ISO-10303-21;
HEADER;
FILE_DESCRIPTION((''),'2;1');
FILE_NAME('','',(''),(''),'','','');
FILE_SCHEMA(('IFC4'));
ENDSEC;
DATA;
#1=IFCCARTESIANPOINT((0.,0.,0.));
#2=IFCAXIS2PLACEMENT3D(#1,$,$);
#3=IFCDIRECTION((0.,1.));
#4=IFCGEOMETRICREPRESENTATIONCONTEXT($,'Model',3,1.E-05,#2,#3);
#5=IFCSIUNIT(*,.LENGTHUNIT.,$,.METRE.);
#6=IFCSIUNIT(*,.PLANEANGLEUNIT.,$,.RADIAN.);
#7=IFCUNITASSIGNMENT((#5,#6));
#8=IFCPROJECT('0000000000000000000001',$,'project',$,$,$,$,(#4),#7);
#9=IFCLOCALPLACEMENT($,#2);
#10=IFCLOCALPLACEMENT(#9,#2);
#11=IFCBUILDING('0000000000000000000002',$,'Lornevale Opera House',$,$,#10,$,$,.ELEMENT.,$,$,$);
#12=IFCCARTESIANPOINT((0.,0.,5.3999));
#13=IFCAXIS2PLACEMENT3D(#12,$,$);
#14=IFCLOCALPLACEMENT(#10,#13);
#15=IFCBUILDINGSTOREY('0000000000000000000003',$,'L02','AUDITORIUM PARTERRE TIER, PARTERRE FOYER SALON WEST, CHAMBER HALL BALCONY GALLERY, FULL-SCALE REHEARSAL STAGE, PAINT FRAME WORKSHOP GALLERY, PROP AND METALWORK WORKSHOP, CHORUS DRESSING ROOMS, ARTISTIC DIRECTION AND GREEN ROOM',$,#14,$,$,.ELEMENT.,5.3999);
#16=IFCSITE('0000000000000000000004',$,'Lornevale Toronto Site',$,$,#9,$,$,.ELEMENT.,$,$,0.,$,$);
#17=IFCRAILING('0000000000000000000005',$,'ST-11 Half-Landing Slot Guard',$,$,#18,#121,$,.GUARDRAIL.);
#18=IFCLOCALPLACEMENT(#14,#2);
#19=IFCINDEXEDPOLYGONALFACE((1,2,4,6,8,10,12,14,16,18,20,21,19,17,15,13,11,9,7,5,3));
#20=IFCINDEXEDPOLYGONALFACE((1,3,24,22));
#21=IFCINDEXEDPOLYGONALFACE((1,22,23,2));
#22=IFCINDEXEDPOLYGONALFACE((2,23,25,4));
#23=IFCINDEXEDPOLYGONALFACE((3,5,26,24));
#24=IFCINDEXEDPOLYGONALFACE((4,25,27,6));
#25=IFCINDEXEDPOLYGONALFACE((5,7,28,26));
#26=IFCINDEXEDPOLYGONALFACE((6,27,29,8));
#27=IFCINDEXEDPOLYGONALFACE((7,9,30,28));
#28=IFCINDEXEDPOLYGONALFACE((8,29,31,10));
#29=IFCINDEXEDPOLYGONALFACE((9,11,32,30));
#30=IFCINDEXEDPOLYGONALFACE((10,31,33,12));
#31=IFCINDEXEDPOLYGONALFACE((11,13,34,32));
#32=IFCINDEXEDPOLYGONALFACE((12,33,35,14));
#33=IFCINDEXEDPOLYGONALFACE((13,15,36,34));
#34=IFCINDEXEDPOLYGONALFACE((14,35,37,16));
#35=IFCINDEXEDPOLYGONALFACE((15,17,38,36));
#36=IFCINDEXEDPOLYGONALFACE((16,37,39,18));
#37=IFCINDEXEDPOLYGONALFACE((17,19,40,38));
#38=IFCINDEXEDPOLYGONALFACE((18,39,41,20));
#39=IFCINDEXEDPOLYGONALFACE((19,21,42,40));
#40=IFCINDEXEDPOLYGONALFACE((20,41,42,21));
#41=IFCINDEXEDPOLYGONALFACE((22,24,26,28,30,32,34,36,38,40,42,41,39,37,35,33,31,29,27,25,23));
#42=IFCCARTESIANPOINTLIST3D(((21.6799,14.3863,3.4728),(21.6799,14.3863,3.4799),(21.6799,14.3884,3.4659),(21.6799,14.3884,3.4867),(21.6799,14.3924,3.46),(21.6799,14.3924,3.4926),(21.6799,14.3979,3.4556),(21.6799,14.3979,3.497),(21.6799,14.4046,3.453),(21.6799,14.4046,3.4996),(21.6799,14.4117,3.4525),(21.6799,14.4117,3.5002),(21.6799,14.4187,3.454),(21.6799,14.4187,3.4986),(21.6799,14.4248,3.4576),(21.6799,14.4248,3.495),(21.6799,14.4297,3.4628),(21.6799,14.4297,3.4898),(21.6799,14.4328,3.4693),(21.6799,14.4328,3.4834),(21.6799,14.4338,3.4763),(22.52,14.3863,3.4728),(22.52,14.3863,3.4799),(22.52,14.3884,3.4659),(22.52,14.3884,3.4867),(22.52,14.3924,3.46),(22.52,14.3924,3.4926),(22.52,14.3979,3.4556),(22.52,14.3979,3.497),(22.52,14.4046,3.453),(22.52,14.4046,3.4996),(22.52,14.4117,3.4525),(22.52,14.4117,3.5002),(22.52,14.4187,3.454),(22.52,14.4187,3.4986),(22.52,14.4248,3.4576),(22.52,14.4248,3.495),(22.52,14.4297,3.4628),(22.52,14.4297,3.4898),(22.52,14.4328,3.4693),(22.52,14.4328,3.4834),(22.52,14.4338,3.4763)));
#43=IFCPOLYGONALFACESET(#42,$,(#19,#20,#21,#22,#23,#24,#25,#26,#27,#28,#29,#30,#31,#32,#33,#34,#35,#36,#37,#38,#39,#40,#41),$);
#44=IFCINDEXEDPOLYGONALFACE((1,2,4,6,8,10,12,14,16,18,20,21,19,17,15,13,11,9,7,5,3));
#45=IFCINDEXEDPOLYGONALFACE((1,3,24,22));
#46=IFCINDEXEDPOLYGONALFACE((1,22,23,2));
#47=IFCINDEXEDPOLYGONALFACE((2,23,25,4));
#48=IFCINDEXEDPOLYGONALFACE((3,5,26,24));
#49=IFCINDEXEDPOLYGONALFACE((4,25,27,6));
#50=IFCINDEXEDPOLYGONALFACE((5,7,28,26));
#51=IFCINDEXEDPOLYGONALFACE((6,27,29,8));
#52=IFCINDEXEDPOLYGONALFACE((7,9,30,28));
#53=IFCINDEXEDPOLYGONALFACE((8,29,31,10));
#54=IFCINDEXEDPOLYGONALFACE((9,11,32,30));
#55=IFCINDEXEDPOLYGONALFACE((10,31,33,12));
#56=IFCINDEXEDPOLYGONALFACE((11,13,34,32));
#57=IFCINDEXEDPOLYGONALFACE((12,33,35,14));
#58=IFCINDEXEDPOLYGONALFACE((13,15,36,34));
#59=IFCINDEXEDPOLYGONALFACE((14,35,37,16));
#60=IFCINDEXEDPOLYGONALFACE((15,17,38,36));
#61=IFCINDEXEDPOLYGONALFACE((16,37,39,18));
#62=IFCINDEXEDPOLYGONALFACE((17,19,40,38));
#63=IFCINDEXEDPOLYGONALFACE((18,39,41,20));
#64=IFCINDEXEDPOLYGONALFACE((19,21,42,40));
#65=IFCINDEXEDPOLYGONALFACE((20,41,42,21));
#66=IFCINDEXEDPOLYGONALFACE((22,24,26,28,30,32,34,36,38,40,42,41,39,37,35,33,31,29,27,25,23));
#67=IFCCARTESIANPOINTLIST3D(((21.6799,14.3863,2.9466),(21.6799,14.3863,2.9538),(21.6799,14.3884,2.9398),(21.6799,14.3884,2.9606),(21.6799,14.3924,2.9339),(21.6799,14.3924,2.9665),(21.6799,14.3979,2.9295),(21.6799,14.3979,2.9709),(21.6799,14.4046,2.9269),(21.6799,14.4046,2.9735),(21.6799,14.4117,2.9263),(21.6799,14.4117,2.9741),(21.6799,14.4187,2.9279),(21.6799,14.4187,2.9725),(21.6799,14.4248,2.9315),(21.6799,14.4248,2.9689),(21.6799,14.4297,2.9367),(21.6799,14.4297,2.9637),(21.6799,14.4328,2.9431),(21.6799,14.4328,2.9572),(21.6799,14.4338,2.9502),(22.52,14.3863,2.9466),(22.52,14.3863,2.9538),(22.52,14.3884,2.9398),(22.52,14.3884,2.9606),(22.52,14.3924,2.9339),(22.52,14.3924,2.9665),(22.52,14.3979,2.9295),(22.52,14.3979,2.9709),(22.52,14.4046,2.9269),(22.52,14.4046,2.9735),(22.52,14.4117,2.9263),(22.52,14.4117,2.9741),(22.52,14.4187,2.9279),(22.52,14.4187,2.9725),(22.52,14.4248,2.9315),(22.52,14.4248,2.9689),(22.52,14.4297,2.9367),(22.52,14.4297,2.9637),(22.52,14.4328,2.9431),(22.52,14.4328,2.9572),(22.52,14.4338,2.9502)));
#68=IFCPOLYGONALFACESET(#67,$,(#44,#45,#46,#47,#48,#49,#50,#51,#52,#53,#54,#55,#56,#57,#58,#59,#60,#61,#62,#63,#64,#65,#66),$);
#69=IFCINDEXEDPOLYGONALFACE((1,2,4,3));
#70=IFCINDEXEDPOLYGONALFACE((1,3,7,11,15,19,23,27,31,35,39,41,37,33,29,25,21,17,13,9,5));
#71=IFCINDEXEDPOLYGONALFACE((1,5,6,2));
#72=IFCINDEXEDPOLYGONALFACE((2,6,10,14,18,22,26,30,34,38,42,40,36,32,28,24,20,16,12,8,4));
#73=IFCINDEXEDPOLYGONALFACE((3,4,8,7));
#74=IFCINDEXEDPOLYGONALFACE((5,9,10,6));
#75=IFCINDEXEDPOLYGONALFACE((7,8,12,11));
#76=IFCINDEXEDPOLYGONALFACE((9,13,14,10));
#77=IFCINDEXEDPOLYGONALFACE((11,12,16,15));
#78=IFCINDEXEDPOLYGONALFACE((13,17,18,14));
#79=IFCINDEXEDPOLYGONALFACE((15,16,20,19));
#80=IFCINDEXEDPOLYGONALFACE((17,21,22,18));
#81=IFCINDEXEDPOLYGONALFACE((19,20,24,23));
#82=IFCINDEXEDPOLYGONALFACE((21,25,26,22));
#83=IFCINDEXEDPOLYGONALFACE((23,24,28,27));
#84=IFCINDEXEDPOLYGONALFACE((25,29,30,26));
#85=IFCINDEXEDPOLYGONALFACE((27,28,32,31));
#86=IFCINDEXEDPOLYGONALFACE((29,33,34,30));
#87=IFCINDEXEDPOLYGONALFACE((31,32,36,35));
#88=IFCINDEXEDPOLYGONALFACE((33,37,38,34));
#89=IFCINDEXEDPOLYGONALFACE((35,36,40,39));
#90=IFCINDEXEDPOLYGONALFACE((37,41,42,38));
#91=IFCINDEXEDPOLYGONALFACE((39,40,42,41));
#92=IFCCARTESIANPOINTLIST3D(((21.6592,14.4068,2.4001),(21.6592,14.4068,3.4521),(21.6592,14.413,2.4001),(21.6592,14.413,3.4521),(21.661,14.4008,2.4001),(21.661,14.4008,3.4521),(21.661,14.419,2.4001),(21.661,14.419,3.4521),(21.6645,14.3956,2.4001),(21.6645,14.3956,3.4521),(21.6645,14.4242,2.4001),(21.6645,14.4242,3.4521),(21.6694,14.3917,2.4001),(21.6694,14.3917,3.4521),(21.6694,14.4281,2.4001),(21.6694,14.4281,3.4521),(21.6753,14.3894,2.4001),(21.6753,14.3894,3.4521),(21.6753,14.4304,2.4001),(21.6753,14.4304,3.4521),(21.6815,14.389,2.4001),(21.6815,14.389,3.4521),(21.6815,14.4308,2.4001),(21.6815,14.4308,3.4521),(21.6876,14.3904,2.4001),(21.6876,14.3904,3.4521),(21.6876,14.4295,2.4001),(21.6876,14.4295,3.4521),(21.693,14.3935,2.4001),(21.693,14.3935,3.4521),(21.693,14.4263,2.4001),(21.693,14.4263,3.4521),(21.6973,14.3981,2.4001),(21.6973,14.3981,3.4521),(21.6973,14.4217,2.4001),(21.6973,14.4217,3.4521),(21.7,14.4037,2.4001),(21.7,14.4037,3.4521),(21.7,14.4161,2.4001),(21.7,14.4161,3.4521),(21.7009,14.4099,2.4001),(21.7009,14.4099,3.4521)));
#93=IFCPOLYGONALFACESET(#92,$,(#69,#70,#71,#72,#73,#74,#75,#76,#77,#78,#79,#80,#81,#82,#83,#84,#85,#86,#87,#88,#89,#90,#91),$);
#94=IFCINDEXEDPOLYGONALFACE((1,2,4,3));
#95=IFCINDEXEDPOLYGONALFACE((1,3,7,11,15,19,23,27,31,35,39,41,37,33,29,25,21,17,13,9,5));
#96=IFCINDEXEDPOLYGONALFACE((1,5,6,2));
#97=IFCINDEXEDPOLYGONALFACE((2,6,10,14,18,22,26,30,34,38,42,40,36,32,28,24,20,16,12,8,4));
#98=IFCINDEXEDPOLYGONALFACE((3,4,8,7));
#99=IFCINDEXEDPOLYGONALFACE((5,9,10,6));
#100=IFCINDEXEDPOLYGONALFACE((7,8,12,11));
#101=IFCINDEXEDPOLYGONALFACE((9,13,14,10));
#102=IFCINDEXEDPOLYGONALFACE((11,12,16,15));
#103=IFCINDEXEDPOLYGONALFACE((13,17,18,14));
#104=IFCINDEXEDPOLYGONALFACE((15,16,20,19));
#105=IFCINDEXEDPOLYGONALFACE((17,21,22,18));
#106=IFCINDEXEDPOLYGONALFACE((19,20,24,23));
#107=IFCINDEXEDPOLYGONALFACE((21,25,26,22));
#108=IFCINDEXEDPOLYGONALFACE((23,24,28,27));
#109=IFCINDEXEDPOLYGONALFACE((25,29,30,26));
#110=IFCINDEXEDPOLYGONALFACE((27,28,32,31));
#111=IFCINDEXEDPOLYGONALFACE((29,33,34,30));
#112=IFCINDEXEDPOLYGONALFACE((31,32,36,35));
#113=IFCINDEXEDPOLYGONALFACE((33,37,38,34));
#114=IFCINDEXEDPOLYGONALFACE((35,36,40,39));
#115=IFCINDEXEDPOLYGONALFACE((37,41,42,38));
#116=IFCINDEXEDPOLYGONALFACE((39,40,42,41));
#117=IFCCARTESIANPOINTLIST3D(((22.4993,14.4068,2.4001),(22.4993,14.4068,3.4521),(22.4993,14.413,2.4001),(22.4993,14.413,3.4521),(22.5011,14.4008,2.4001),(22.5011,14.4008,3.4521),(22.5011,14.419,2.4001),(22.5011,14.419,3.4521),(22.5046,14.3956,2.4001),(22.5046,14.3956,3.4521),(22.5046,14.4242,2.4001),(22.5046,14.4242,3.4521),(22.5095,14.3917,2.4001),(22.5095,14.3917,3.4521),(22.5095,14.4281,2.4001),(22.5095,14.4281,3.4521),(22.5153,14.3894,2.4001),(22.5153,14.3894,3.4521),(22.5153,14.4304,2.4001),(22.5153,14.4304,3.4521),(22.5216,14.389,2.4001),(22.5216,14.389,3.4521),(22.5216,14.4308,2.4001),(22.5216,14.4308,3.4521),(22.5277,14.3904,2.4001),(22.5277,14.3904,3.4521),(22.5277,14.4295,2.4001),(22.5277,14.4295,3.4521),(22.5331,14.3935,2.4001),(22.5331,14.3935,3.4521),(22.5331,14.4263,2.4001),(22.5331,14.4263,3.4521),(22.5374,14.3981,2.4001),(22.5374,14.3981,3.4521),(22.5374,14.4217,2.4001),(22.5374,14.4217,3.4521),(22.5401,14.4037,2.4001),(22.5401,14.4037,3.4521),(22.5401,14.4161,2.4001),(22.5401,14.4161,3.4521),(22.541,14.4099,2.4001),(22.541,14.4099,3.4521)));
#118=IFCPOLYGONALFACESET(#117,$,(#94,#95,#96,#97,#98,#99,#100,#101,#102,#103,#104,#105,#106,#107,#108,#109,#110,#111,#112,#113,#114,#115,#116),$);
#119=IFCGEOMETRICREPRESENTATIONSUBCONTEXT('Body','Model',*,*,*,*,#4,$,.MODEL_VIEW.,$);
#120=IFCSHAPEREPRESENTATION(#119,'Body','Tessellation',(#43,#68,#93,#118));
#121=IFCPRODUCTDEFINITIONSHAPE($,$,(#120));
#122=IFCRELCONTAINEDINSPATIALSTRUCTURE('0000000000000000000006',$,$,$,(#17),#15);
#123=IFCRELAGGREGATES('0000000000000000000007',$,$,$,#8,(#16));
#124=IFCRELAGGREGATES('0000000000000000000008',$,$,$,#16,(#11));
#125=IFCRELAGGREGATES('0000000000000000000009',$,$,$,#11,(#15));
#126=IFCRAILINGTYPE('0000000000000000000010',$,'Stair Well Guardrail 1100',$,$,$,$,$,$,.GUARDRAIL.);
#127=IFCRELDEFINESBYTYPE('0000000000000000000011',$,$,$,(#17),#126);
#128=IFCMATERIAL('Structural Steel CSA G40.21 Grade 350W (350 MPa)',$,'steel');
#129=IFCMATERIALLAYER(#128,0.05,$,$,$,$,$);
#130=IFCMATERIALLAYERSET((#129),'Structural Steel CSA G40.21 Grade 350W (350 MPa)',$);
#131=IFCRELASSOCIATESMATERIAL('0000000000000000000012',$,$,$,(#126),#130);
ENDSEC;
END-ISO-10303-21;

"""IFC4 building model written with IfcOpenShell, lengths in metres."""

from ifc_helpers import new_model, si_unit, direction, frame, origin, origin_2d, place, context, subcontext, project, spatial, circle, extrude, material, layer, layer_set, type_object, element, save


model = new_model("IFC4")

# Units and contexts
model_context = context("Model", 3, precision=1e-05, world=origin(), true_north=direction((0.0, 1.0)))
body_context = subcontext(model_context, "Body", "Model", "MODEL_VIEW")
ifc_project = project(units=[si_unit("LENGTHUNIT", "METRE"), si_unit("PLANEANGLEUNIT", "RADIAN")], contexts=[model_context])

# Site, building, storey
site_placement = place(None, origin())
site = spatial("IfcSite", under=ifc_project, at=site_placement, Name="Lornevale Toronto Site", CompositionType="ELEMENT", RefElevation=0.0)
building_placement = place(site_placement, origin())
building = spatial("IfcBuilding", under=site, at=building_placement, Name="Lornevale Opera House", CompositionType="ELEMENT")
storey_placement = place(building_placement, frame((0.0, 0.0, 5.3999)))
storey = spatial("IfcBuildingStorey", under=building, at=storey_placement, Name="L02", Description="AUDITORIUM PARTERRE TIER, PARTERRE FOYER SALON WEST, CHAMBER HALL BALCONY GALLERY, FULL-SCALE REHEARSAL STAGE, PAINT FRAME WORKSHOP GALLERY, PROP AND METALWORK WORKSHOP, CHORUS DRESSING ROOMS, ARTISTIC DIRECTION AND GREEN ROOM", CompositionType="ELEMENT", Elevation=5.3999)

# Shared definitions
ifc_material_1 = material(Name="Structural Steel CSA G40.21 Grade 350W (350 MPa)", Category="steel")

# Railing
ifc_layer_1 = layer(ifc_material_1, 0.05)
ifc_layer_set_1 = layer_set([ifc_layer_1], Name="Structural Steel CSA G40.21 Grade 350W (350 MPa)")
railing_type_1 = type_object("IfcRailingType", Name="Stair Well Guardrail 1100", PredefinedType="GUARDRAIL", material=ifc_layer_set_1)
railing_1_placement = place(storey_placement, frame((21.6799, 14.4099, 2.4001)))
element("IfcRailing", 1, at=railing_1_placement, inside=storey, type_object=railing_type_1, Name="ST-11 Half-Landing Slot Guard", PredefinedType="GUARDRAIL", context=body_context, shape_type="SweptSolid", body=[
    extrude(circle(Radius=0.0239, at=origin_2d()), frame((0.0, 0.0, 1.0762), z_axis=(1.0, 0.0, 0.0), x_axis=(0.0, 1.0, 0.0)), (0.0, 0.0, 1.0), 0.8401),
    extrude(circle(Radius=0.0239, at=origin_2d()), frame((0.0, 0.0, 0.55), z_axis=(1.0, 0.0, 0.0), x_axis=(0.0, 1.0, 0.0)), (0.0, 0.0, 1.0), 0.8401),
    extrude(circle(Radius=0.021, at=origin_2d()), origin(), (0.0, 0.0, 1.0), 1.052),
    extrude(circle(Radius=0.021, at=origin_2d()), frame((0.8401, 0.0, 0.0)), (0.0, 0.0, 1.0), 1.052),
])

save(model, "model.ifc")
